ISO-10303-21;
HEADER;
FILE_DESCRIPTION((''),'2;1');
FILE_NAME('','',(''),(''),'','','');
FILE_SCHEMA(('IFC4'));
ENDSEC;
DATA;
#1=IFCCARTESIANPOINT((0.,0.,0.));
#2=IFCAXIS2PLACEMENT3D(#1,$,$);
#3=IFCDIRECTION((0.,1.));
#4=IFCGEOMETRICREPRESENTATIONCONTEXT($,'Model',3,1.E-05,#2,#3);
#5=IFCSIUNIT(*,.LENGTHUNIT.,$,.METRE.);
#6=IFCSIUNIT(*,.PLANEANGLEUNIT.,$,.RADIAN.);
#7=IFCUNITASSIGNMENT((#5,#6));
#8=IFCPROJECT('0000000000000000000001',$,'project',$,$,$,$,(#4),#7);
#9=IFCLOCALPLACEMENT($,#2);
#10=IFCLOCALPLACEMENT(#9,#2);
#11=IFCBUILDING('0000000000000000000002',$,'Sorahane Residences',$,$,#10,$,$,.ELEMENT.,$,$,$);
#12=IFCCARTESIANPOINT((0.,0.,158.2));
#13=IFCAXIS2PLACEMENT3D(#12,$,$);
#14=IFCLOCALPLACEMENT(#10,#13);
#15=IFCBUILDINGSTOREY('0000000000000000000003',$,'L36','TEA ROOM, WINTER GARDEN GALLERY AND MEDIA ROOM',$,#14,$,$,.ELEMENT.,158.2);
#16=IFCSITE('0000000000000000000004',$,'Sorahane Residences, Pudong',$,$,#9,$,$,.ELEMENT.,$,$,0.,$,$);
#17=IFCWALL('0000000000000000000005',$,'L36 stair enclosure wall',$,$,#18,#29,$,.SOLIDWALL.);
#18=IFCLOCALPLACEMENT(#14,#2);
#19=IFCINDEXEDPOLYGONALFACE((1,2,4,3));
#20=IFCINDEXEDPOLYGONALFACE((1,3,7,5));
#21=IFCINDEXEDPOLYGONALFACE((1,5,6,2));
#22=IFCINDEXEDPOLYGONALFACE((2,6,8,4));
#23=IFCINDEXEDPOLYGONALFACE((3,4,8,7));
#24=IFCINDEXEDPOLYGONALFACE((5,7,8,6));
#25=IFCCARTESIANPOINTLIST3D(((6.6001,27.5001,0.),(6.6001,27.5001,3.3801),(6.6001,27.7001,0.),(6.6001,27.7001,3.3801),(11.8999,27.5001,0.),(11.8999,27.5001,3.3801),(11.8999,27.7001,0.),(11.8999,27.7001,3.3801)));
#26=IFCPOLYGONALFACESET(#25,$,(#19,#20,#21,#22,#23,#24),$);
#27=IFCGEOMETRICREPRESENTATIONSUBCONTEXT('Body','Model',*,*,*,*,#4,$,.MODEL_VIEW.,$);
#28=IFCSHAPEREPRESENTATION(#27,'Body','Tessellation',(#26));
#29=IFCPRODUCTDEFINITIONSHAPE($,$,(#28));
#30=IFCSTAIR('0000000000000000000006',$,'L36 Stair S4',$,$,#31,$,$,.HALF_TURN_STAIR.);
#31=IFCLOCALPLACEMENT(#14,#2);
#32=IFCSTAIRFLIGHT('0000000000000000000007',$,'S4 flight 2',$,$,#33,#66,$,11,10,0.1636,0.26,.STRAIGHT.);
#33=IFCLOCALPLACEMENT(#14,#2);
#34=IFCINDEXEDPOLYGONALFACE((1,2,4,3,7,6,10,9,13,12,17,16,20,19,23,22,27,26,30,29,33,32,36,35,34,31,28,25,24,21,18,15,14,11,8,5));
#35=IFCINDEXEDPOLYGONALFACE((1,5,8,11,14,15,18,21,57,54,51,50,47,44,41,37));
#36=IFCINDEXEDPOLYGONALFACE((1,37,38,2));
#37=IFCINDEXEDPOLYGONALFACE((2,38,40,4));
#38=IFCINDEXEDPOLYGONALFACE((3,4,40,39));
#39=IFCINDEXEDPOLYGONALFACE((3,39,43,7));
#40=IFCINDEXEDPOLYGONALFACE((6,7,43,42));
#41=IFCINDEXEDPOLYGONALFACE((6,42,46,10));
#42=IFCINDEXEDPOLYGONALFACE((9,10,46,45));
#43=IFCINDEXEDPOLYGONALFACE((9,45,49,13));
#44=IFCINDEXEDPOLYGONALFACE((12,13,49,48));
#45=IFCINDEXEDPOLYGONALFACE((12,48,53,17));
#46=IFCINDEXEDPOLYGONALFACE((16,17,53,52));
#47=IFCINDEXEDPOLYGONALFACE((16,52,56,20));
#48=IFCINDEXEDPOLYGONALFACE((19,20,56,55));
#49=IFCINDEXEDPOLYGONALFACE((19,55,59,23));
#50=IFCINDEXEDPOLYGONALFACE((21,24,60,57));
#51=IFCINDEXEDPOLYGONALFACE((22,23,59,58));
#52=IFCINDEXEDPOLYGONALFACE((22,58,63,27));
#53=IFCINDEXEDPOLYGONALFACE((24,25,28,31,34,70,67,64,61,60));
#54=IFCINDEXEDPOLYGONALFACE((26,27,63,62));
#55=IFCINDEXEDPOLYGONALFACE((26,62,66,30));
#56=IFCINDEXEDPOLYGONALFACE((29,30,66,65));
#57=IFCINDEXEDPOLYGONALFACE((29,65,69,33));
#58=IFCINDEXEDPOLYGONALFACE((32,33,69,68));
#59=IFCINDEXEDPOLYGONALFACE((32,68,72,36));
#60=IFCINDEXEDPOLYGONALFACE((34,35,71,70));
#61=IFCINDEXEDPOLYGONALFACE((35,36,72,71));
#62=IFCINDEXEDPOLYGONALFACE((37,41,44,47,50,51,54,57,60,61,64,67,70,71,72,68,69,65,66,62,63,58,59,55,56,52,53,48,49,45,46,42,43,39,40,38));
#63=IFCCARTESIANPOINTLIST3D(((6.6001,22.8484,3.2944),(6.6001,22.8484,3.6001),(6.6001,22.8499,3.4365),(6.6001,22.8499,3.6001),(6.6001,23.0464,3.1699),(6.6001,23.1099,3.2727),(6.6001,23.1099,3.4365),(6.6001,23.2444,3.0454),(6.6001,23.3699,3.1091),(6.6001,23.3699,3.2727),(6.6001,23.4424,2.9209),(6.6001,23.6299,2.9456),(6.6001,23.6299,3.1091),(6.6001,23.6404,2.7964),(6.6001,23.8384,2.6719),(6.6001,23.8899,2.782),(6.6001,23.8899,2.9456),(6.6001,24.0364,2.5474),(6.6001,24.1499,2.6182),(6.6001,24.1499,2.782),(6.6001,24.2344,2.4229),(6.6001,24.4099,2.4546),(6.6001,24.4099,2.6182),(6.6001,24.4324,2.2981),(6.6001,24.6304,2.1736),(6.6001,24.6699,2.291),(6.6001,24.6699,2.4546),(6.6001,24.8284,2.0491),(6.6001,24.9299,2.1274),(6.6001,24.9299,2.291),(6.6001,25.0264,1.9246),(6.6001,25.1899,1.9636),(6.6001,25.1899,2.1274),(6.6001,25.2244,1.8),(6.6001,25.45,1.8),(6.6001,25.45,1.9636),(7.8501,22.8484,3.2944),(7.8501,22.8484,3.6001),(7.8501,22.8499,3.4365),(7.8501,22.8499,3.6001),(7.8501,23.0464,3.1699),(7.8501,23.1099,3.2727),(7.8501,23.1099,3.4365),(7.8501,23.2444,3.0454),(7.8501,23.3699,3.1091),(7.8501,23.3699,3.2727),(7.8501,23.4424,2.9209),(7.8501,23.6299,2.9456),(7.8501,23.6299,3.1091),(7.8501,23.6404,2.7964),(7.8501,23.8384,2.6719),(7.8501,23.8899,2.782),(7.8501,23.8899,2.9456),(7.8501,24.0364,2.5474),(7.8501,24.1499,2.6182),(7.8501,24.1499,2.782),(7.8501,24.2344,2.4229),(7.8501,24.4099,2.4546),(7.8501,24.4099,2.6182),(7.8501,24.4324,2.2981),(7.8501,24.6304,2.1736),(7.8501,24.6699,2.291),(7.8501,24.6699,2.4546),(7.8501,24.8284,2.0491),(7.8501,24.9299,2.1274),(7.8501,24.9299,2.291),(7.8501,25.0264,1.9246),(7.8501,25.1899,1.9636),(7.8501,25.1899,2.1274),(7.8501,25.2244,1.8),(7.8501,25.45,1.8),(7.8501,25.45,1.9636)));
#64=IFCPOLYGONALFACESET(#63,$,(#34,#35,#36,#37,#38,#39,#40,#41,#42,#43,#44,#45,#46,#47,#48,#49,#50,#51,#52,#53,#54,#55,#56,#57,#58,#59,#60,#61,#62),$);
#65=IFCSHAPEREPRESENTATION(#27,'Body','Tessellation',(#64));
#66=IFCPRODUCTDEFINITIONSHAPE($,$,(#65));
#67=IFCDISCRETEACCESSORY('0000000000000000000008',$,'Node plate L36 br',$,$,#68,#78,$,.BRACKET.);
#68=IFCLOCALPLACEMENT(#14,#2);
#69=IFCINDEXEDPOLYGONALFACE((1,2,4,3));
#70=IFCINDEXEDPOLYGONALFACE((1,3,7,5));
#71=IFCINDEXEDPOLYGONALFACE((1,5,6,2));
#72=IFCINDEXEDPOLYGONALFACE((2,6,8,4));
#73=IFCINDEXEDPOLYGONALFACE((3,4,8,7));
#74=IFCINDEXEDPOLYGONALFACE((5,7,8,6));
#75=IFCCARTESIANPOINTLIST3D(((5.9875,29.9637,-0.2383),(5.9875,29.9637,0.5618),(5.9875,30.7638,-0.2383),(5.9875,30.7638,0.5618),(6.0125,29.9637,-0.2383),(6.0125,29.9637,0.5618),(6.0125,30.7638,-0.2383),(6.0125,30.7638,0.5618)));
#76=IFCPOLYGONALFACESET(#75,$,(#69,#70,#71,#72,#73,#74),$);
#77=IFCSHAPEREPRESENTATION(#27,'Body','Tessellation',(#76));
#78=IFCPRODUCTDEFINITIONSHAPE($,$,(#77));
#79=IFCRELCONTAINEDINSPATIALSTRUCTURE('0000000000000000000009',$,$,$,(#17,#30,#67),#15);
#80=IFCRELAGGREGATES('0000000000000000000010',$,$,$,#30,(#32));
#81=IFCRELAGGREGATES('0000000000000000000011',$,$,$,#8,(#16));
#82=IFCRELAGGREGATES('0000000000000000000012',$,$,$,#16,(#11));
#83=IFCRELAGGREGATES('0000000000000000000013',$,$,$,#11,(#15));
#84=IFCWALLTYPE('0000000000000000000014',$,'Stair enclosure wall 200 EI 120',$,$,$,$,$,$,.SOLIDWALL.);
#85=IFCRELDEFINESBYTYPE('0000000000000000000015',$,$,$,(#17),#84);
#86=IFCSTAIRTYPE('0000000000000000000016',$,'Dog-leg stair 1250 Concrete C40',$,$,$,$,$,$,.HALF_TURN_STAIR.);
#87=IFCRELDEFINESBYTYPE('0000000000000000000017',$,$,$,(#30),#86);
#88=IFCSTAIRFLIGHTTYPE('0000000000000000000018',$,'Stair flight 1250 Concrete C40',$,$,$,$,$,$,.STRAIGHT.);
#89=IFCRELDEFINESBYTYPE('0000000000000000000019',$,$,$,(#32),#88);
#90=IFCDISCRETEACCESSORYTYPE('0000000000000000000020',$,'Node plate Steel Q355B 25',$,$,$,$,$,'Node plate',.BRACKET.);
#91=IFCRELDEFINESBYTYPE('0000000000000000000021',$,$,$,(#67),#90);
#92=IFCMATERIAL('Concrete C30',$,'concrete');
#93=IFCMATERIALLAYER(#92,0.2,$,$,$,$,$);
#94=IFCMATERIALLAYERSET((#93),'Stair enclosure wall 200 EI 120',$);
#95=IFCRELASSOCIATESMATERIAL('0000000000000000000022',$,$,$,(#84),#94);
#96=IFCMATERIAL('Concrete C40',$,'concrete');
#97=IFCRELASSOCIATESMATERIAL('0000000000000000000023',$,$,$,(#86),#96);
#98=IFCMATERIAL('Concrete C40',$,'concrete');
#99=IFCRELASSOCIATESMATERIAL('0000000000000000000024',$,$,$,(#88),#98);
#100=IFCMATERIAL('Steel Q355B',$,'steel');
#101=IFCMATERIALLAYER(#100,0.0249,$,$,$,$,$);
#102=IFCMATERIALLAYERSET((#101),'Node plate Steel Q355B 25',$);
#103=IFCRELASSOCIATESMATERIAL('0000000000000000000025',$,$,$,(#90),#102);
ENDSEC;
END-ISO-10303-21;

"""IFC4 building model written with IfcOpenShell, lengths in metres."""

from ifc_helpers import new_model, si_unit, direction, frame, frame_2d, origin, origin_2d, place, context, subcontext, project, spatial, polyline, rectangle, outline, extrude, material, layer, layer_set, type_object, element, aggregate, save


model = new_model("IFC4")

# Units and contexts
model_context = context("Model", 3, precision=1e-05, world=origin(), true_north=direction((0.0, 1.0)))
body_context = subcontext(model_context, "Body", "Model", "MODEL_VIEW")
ifc_project = project(units=[si_unit("LENGTHUNIT", "METRE"), si_unit("PLANEANGLEUNIT", "RADIAN")], contexts=[model_context])

# Site, building, storey
site_placement = place(None, origin())
site = spatial("IfcSite", under=ifc_project, at=site_placement, Name="Sorahane Residences, Pudong", CompositionType="ELEMENT", RefElevation=0.0)
building_placement = place(site_placement, origin())
building = spatial("IfcBuilding", under=site, at=building_placement, Name="Sorahane Residences", CompositionType="ELEMENT")
storey_placement = place(building_placement, frame((0.0, 0.0, 158.2)))
storey = spatial("IfcBuildingStorey", under=building, at=storey_placement, Name="L36", Description="TEA ROOM, WINTER GARDEN GALLERY AND MEDIA ROOM", CompositionType="ELEMENT", Elevation=158.2)

# Wall
ifc_material_1 = material(Name="Concrete C30", Category="concrete")
ifc_layer_1 = layer(ifc_material_1, 0.2)
ifc_layer_set_1 = layer_set([ifc_layer_1], Name="Stair enclosure wall 200 EI 120")
wall_type_1 = type_object("IfcWallType", Name="Stair enclosure wall 200 EI 120", PredefinedType="SOLIDWALL", material=ifc_layer_set_1)
wall_1_placement = place(storey_placement, frame((6.6001, 27.6001, 0.0), z_axis=(0.0, 0.0, 1.0), x_axis=(1.0, 0.0, 0.0)))
element("IfcWall", 1, at=wall_1_placement, inside=storey, type_object=wall_type_1, Name="L36 stair enclosure wall", PredefinedType="SOLIDWALL", context=body_context, shape_type="SweptSolid", body=[
    extrude(rectangle(XDim=5.2998, YDim=0.2, at=frame_2d((2.6499, 0.0))), origin(), (0.0, 0.0, 1.0), 3.3801),
])

# Stair, stair flight
ifc_material_2 = material(Name="Concrete C40", Category="concrete")
stair_type = type_object("IfcStairType", Name="Dog-leg stair 1250 Concrete C40", PredefinedType="HALF_TURN_STAIR", material=ifc_material_2)
stair_placement = place(storey_placement, origin())
stair = element("IfcStair", 2, at=stair_placement, inside=storey, type_object=stair_type, Name="L36 Stair S4", PredefinedType="HALF_TURN_STAIR")
ifc_material_3 = material(Name="Concrete C40", Category="concrete")
stair_flight_type = type_object("IfcStairFlightType", Name="Stair flight 1250 Concrete C40", PredefinedType="STRAIGHT", material=ifc_material_3)
stair_flight_placement = place(storey_placement, frame((7.2251, 25.45, 1.8), z_axis=(0.0, 0.0, 1.0), x_axis=(0.0, -1.0, 0.0)))
stair_flight = element("IfcStairFlight", 3, at=stair_flight_placement, type_object=stair_flight_type, Name="S4 flight 2", NumberOfRisers=11, NumberOfTreads=10, PredefinedType="STRAIGHT", RiserHeight=0.1636, TreadLength=0.26, context=body_context, shape_type="SweptSolid", body=[
    extrude(outline(polyline([(0.0, 0.0), (0.0, 0.1636), (0.26, 0.1636), (0.26, 0.3274), (0.52, 0.3274), (0.52, 0.491), (0.78, 0.491), (0.78, 0.6545), (1.04, 0.6545), (1.04, 0.8181), (1.3, 0.8181), (1.3, 0.9819), (1.5601, 0.9819), (1.5601, 1.1455), (1.8201, 1.1455), (1.8201, 1.3091), (2.0801, 1.3091), (2.0801, 1.4727), (2.3401, 1.4727), (2.3401, 1.6365), (2.6001, 1.6365), (2.6001, 1.8), (2.6016, 1.8), (2.6016, 1.4944), (2.4036, 1.3699), (2.2056, 1.2454), (2.0076, 1.1208), (1.8096, 0.9963), (1.6116, 0.8718), (1.4136, 0.7473), (1.2156, 0.6228), (1.0176, 0.498), (0.8196, 0.3735), (0.6216, 0.249), (0.4236, 0.1245), (0.2256, 0.0), (0.0, 0.0)])), frame((0.0, 0.625, 0.0), z_axis=(0.0, -1.0, 0.0), x_axis=(1.0, 0.0, 0.0)), (0.0, 0.0, 1.0), 1.25),
])
aggregate(stair, [stair_flight])

# Discrete accessory
ifc_material_4 = material(Name="Steel Q355B", Category="steel")
ifc_layer_2 = layer(ifc_material_4, 0.0249)
ifc_layer_set_2 = layer_set([ifc_layer_2], Name="Node plate Steel Q355B 25")
discrete_accessory_type = type_object("IfcDiscreteAccessoryType", Name="Node plate Steel Q355B 25", ElementType="Node plate", PredefinedType="BRACKET", material=ifc_layer_set_2)
discrete_accessory_placement = place(storey_placement, frame((6.0, 30.3638, -0.2383), z_axis=(0.0, 0.0, 1.0), x_axis=(0.0, 1.0, 0.0)))
element("IfcDiscreteAccessory", 4, at=discrete_accessory_placement, inside=storey, type_object=discrete_accessory_type, Name="Node plate L36 br", PredefinedType="BRACKET", context=body_context, shape_type="SweptSolid", body=[
    extrude(rectangle(XDim=0.8, YDim=0.0249, at=origin_2d()), origin(), (0.0, 0.0, 1.0), 0.8),
])

save(model, "model.ifc")
